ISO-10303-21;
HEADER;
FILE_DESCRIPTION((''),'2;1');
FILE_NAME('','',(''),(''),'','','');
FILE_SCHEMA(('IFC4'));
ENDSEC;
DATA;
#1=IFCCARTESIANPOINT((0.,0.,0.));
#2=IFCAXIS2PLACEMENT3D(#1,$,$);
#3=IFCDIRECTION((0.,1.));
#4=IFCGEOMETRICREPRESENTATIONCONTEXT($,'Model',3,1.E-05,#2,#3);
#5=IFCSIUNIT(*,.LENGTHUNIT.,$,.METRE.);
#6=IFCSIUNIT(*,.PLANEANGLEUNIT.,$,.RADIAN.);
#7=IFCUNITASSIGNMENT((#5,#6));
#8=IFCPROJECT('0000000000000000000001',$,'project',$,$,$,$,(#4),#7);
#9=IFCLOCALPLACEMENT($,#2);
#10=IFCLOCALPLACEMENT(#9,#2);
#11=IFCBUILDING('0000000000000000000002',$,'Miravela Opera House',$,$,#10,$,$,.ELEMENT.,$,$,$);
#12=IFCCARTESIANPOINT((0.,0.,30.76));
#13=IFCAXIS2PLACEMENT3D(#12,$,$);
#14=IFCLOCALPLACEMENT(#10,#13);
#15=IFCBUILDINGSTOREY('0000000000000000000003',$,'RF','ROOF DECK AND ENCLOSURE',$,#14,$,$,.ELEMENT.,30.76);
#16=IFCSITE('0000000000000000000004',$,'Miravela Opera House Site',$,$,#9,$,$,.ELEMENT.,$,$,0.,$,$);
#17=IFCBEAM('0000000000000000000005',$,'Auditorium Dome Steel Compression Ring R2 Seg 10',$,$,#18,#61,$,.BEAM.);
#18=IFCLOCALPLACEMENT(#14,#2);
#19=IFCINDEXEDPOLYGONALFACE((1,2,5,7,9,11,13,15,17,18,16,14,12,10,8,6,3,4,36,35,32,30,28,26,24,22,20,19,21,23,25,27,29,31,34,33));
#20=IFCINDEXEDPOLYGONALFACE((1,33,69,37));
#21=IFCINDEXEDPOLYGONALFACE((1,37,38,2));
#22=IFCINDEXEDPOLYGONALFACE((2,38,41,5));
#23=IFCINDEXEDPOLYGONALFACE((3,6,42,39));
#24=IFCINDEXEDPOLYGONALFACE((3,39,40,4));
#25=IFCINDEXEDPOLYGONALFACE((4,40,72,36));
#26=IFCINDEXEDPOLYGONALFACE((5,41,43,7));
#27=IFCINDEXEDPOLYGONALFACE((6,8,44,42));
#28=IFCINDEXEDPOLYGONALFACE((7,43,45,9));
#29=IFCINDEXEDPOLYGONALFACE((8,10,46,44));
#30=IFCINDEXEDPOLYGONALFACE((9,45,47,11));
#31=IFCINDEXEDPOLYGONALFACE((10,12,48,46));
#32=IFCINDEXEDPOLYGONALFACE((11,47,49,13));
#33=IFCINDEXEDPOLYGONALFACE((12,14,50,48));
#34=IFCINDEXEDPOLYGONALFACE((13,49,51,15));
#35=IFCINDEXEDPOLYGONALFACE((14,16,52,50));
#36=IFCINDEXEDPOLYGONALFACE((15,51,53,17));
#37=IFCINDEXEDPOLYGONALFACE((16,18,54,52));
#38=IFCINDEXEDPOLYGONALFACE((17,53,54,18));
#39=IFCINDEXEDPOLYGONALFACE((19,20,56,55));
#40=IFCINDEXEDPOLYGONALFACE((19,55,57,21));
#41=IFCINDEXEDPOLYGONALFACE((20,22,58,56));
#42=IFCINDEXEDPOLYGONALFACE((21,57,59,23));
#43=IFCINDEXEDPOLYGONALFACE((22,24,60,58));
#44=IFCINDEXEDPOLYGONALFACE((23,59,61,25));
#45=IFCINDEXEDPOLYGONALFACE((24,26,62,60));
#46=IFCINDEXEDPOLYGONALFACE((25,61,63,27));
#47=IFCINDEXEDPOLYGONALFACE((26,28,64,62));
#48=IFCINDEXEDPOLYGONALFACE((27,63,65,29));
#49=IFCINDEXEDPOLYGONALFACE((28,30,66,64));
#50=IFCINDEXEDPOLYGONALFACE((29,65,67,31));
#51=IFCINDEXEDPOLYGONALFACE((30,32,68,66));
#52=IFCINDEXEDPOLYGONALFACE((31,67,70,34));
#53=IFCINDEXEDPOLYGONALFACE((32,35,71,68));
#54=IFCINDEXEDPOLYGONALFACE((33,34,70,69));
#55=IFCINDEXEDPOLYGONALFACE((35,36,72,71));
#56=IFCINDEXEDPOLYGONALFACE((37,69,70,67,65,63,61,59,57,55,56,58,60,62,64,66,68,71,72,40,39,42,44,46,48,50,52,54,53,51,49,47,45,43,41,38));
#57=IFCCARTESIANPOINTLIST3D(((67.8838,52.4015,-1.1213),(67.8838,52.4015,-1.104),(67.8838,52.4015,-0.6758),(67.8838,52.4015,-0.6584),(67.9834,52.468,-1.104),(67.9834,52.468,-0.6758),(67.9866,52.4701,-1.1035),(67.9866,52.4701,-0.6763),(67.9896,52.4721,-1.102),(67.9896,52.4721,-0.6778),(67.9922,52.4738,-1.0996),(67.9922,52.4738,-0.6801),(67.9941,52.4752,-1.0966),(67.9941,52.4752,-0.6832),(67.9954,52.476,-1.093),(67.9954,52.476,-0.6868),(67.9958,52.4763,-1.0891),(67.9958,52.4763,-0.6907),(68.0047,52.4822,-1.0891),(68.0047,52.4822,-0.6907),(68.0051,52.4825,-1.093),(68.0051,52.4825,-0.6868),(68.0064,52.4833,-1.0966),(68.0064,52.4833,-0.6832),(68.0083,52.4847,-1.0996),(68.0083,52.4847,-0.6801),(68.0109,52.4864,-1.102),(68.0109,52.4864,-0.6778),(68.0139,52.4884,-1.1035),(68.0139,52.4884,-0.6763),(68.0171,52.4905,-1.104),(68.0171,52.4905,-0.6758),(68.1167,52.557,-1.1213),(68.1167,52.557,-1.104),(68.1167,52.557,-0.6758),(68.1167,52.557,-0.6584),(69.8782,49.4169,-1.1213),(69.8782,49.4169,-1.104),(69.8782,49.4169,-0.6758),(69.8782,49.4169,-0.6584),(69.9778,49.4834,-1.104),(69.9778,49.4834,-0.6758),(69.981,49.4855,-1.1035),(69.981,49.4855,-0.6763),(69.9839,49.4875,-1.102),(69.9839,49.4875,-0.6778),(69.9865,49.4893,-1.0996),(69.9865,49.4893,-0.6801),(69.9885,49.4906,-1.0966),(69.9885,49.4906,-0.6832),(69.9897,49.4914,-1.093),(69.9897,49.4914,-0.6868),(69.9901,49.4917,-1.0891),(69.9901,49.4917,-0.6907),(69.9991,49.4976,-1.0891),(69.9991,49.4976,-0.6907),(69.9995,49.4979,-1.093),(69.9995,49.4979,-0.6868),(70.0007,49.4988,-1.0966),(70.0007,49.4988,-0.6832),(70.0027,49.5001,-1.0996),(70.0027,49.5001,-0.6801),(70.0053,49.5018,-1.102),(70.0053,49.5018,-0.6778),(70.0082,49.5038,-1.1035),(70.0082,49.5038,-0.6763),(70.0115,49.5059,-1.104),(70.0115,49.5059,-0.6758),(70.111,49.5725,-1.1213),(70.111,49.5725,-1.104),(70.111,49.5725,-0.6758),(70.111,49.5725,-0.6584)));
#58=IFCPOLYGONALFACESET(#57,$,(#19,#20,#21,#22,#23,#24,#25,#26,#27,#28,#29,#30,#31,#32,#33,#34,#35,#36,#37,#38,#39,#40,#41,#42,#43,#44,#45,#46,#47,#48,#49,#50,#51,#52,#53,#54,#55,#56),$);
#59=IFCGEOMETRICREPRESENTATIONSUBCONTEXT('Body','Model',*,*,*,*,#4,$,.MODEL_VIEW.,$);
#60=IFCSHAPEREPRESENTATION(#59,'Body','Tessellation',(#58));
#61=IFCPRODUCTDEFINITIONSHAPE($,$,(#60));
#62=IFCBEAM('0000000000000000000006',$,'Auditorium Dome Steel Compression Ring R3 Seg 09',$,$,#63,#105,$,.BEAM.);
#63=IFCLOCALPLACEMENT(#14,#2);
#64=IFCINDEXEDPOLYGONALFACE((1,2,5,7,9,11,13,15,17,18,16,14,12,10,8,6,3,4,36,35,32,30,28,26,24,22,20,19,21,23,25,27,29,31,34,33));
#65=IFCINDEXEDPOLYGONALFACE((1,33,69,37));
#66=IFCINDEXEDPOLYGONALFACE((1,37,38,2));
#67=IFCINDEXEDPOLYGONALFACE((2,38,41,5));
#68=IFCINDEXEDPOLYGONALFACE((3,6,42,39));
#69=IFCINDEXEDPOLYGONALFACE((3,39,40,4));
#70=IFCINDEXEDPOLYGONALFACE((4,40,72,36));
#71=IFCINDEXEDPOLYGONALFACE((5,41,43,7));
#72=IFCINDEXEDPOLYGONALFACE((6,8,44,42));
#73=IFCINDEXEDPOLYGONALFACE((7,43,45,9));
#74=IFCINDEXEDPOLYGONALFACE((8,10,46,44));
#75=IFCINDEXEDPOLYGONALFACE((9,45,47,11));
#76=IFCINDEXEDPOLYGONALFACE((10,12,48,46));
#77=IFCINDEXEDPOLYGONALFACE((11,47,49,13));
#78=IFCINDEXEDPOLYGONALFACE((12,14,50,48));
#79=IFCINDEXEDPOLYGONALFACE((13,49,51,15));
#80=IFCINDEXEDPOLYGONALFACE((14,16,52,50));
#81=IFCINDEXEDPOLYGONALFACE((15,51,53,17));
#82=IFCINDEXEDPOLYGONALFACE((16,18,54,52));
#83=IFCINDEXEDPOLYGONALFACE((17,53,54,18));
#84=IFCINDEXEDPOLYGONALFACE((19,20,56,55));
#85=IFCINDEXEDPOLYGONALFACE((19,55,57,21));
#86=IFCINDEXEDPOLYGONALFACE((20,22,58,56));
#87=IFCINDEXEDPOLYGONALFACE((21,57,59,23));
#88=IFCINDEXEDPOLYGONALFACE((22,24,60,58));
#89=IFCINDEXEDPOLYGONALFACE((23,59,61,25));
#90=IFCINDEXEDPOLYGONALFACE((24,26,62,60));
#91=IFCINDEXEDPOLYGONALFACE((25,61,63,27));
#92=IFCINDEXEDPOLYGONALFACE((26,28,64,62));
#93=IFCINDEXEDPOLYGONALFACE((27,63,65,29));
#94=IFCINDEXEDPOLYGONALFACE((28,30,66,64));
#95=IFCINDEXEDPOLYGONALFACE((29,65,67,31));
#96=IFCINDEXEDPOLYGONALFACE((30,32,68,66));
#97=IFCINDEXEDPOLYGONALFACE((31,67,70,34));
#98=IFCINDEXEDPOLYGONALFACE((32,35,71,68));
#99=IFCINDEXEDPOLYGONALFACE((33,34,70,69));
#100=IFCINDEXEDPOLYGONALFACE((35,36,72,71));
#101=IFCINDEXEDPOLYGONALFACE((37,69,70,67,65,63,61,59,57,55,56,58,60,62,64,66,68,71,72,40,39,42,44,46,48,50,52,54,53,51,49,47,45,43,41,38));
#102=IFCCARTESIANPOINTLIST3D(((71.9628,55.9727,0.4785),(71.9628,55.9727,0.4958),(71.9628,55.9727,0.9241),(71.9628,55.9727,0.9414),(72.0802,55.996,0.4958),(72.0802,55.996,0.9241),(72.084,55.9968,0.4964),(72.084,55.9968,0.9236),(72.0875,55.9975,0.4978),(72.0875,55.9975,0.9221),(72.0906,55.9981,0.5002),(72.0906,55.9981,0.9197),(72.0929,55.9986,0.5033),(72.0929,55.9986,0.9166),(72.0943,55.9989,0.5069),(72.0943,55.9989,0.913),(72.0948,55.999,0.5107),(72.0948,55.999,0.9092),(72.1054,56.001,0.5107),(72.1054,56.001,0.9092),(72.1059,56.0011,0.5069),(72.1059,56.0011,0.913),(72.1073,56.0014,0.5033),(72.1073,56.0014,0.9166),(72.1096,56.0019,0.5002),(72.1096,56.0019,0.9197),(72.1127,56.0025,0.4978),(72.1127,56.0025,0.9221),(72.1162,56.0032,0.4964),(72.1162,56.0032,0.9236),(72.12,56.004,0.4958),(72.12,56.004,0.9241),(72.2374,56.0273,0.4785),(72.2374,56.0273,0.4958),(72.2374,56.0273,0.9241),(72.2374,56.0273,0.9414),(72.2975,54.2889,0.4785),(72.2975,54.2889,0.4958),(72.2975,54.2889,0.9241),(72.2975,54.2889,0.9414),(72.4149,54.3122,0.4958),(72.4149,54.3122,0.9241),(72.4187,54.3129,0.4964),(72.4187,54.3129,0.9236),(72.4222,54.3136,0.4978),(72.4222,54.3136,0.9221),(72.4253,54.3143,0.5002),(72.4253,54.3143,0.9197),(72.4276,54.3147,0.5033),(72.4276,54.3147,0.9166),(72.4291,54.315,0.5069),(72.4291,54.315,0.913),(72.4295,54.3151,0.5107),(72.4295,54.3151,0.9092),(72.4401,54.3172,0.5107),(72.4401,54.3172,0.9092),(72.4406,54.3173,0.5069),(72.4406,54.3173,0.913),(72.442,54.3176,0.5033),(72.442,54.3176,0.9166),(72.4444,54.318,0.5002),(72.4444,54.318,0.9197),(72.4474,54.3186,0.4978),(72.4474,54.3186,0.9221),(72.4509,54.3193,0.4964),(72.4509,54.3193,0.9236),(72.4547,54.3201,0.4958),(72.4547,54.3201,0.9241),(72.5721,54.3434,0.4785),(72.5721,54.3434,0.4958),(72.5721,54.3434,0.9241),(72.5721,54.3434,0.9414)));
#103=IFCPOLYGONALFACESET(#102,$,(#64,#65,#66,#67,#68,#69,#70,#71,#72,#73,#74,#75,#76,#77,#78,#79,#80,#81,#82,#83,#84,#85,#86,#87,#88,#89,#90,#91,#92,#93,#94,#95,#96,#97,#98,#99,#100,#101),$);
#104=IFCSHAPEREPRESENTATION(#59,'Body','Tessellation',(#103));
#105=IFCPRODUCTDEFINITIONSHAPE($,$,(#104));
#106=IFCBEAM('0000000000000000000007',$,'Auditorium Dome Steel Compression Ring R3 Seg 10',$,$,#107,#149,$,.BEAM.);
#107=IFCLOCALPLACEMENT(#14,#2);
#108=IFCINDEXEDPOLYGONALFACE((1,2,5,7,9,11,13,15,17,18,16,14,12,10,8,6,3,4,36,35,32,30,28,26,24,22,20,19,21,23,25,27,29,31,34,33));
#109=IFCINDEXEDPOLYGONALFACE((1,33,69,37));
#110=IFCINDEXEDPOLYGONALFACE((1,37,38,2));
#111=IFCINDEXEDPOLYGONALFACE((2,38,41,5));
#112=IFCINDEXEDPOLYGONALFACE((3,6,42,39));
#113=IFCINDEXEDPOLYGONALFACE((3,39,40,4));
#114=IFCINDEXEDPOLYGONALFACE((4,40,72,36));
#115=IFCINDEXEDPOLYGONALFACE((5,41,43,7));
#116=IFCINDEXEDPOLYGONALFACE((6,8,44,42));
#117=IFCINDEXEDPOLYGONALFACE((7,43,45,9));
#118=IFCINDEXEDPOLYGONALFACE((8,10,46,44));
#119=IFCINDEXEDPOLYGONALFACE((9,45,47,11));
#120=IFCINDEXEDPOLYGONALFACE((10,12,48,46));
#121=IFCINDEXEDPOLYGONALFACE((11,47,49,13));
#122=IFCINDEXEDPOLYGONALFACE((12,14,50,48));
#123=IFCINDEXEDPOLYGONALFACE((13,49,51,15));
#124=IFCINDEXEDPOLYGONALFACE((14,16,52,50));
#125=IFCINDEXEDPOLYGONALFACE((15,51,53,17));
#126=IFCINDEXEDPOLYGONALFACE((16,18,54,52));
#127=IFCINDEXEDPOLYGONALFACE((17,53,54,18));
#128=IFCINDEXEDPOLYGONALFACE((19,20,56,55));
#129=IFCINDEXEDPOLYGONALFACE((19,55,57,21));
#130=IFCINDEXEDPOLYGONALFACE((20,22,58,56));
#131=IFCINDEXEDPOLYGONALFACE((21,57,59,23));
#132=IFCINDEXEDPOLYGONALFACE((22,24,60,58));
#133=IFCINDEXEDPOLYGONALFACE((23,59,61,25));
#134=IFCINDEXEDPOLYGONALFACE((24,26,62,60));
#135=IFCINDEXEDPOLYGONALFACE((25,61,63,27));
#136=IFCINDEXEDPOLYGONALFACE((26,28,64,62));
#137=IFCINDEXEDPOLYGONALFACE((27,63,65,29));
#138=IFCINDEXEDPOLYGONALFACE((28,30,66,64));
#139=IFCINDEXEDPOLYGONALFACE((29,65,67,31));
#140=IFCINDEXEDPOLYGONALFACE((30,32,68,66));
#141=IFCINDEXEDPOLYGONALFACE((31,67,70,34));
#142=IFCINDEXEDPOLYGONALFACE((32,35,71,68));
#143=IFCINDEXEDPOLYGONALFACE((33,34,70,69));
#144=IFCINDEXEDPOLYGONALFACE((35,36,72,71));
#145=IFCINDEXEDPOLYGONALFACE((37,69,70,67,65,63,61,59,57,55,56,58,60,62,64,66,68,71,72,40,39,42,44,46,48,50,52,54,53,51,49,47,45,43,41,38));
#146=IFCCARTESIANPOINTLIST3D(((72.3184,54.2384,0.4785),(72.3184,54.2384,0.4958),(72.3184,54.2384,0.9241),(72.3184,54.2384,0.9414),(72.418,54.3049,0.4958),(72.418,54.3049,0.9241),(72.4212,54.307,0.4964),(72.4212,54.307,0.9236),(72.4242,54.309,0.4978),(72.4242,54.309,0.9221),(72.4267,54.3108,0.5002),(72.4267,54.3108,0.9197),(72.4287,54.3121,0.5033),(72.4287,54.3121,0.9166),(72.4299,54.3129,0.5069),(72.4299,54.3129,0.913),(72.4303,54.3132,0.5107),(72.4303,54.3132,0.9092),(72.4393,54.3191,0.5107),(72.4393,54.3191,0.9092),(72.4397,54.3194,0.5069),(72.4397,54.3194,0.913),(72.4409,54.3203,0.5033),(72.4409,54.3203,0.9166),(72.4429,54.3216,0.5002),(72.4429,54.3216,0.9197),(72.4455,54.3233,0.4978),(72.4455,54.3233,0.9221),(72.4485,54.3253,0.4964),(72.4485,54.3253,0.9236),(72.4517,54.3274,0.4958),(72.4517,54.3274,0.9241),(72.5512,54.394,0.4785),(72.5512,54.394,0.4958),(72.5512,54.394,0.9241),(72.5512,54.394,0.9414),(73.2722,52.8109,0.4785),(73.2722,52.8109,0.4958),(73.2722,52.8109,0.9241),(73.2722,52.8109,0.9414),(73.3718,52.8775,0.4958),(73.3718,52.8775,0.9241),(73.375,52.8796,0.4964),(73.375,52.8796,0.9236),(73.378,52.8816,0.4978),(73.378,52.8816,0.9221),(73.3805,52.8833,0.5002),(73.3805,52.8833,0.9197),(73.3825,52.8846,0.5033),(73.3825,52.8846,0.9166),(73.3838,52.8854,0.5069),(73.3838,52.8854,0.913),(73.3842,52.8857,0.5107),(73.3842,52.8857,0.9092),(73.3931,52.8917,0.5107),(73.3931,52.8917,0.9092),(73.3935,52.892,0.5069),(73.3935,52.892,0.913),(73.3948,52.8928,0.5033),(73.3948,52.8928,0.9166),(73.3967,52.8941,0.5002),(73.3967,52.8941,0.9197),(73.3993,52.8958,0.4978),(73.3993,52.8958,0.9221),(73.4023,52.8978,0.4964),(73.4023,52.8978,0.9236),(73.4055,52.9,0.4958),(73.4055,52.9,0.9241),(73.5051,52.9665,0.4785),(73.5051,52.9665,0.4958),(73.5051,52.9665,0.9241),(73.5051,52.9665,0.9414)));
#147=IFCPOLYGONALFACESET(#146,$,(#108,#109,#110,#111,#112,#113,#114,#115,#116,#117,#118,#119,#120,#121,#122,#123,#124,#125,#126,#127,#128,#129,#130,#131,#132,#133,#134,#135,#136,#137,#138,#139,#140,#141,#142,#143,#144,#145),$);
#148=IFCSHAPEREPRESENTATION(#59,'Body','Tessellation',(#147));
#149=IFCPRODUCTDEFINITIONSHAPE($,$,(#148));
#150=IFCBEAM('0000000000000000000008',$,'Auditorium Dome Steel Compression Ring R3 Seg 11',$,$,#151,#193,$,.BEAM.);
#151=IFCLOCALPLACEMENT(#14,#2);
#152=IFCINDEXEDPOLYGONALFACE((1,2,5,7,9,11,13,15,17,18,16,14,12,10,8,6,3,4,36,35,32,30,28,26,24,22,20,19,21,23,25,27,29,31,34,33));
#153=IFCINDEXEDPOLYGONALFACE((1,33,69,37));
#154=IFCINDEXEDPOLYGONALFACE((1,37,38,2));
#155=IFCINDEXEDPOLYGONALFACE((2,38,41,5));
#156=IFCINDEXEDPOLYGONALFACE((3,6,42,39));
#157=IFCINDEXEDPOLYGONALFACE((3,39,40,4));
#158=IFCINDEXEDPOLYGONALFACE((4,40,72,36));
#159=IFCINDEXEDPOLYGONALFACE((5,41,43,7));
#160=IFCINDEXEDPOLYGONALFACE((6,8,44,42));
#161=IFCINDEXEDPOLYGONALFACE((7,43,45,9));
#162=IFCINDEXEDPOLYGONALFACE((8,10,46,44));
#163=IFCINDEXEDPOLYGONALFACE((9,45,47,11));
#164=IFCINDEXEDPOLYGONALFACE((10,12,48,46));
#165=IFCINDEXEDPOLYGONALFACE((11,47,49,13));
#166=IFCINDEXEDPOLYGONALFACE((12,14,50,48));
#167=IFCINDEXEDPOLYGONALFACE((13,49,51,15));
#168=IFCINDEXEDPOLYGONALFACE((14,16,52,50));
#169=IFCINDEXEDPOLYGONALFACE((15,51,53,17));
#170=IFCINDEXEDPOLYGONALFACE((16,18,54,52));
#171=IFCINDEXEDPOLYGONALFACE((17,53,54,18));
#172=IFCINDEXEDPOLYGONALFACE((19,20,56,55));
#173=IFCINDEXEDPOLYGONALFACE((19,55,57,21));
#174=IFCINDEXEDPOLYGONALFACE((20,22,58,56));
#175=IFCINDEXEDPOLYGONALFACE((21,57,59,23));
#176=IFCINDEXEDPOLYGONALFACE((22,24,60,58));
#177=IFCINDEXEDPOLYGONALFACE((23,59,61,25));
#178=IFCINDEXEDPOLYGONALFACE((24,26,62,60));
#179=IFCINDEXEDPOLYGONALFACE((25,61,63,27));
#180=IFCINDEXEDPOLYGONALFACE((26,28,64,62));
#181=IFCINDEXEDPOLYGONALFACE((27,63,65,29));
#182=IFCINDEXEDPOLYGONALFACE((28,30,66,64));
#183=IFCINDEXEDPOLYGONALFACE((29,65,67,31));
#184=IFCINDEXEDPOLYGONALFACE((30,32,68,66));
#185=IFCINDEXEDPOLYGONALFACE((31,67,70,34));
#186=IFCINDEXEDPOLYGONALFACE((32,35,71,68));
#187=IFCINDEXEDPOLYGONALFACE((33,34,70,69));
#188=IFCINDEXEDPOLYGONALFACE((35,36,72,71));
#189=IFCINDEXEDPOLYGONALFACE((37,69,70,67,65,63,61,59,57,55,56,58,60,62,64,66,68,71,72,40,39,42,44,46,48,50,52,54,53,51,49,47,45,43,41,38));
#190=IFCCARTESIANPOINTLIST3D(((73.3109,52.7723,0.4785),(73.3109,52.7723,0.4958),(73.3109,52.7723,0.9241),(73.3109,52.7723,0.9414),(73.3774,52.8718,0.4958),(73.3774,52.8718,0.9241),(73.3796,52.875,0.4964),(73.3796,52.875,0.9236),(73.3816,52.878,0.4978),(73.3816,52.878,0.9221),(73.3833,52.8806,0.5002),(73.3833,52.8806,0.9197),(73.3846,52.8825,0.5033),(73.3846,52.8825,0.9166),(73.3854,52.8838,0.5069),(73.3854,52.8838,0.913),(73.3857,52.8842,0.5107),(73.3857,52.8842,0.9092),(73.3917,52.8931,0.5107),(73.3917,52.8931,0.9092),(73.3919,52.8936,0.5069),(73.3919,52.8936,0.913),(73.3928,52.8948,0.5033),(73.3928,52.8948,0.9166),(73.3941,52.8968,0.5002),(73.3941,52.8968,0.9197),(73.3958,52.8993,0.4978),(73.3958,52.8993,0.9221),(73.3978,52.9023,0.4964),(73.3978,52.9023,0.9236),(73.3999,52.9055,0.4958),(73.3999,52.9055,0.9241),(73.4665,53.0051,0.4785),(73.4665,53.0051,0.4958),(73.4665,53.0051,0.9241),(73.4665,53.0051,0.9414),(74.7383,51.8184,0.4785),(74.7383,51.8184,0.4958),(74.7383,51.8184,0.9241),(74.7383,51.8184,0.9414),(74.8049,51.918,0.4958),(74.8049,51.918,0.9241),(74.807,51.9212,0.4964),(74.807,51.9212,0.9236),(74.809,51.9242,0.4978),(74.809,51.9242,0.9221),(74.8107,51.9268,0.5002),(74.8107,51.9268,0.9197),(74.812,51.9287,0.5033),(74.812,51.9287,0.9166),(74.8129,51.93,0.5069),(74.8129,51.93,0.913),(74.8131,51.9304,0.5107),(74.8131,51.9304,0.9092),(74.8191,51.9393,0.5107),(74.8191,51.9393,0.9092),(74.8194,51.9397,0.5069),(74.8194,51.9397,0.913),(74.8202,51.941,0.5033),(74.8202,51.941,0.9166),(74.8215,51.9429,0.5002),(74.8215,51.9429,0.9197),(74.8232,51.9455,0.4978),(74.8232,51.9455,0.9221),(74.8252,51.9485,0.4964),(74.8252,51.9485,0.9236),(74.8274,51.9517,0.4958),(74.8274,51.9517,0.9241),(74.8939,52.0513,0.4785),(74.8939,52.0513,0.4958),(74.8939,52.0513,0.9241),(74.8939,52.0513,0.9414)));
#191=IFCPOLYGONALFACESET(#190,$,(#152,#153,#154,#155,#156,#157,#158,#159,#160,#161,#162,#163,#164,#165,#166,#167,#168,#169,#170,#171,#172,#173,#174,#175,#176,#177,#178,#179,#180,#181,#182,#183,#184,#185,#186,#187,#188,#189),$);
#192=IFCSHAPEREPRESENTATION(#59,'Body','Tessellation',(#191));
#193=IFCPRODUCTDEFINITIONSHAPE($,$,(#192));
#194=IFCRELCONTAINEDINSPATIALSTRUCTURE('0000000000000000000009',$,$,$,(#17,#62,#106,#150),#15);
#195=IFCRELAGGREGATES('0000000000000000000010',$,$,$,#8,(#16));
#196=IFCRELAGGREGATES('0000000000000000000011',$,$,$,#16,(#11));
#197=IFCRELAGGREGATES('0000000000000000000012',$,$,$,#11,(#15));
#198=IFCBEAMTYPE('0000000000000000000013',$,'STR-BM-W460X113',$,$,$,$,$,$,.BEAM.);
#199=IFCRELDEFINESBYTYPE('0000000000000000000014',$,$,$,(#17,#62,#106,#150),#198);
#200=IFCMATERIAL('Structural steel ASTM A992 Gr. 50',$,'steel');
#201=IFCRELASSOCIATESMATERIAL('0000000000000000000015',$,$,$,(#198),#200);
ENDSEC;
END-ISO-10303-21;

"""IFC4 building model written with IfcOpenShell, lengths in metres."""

from ifc_helpers import new_model, si_unit, direction, frame, origin, origin_2d, place, context, subcontext, project, spatial, i_section, extrude, material, material_profile, profile_set, type_object, element, save


model = new_model("IFC4")

# Units and contexts
model_context = context("Model", 3, precision=1e-05, world=origin(), true_north=direction((0.0, 1.0)))
body_context = subcontext(model_context, "Body", "Model", "MODEL_VIEW")
ifc_project = project(units=[si_unit("LENGTHUNIT", "METRE"), si_unit("PLANEANGLEUNIT", "RADIAN")], contexts=[model_context])

# Site, building, storey
site_placement = place(None, origin())
site = spatial("IfcSite", under=ifc_project, at=site_placement, Name="Miravela Opera House Site", CompositionType="ELEMENT", RefElevation=0.0)
building_placement = place(site_placement, origin())
building = spatial("IfcBuilding", under=site, at=building_placement, Name="Miravela Opera House", CompositionType="ELEMENT")
storey_placement = place(building_placement, frame((0.0, 0.0, 30.76)))
storey = spatial("IfcBuildingStorey", under=building, at=storey_placement, Name="RF", Description="ROOF DECK AND ENCLOSURE", CompositionType="ELEMENT", Elevation=30.76)

# Beams
ifc_material_1 = material(Name="Structural steel ASTM A992 Gr. 50", Category="steel")
ifc_material_profile_1 = material_profile(ifc_material_1, i_section(OverallWidth=0.28, OverallDepth=0.4629, WebThickness=0.0107, FlangeThickness=0.0173, FilletRadius=0.0149, at=origin_2d()), Name="W460X113")
ifc_profile_set_1 = profile_set([ifc_material_profile_1])
beam_type = type_object("IfcBeamType", Name="STR-BM-W460X113", PredefinedType="BEAM", material=ifc_profile_set_1)
beam_placement = place(storey_placement, frame((68.0002, 52.4792, -0.8899), z_axis=(0.555595, -0.831453, 0.0), x_axis=(0.831453, 0.555595, 0.0)))
element("IfcBeam", 1, at=beam_placement, inside=storey, type_object=beam_type, Name="Auditorium Dome Steel Compression Ring R2 Seg 10", PredefinedType="BEAM", context=body_context, shape_type="SweptSolid", body=[
    extrude(i_section(OverallWidth=0.28, OverallDepth=0.4629, WebThickness=0.0107, FlangeThickness=0.0173, FilletRadius=0.0149, at=origin_2d()), origin(), (0.0, 0.0, 1.0), 3.5896),
])
for number, where, z_axis, x_axis, name in (
    (2, (72.1001, 56.0, 0.71), (0.194967, -0.98081, 0.0), (0.98081, 0.194967, 0.0), "Auditorium Dome Steel Compression Ring R3 Seg 09"),
    (3, (72.4348, 54.3162, 0.71), (0.555586, -0.831459, 0.0), (0.831459, 0.555586, 0.0), "Auditorium Dome Steel Compression Ring R3 Seg 10"),
    (4, (73.3887, 52.8887, 0.71), (0.831459, -0.555586, 0.0), (0.555586, 0.831459, 0.0), "Auditorium Dome Steel Compression Ring R3 Seg 11"),
):
    element("IfcBeam", number, at=place(storey_placement, frame(where, z_axis=z_axis, x_axis=x_axis)), inside=storey, type_object=beam_type, Name=name, PredefinedType="BEAM", context=body_context, shape_type="SweptSolid", body=[
        extrude(i_section(OverallWidth=0.28, OverallDepth=0.4629, WebThickness=0.0107, FlangeThickness=0.0173, FilletRadius=0.0149, at=origin_2d()), origin(), (0.0, 0.0, 1.0), 1.7168),
    ])

save(model, "model.ifc")
